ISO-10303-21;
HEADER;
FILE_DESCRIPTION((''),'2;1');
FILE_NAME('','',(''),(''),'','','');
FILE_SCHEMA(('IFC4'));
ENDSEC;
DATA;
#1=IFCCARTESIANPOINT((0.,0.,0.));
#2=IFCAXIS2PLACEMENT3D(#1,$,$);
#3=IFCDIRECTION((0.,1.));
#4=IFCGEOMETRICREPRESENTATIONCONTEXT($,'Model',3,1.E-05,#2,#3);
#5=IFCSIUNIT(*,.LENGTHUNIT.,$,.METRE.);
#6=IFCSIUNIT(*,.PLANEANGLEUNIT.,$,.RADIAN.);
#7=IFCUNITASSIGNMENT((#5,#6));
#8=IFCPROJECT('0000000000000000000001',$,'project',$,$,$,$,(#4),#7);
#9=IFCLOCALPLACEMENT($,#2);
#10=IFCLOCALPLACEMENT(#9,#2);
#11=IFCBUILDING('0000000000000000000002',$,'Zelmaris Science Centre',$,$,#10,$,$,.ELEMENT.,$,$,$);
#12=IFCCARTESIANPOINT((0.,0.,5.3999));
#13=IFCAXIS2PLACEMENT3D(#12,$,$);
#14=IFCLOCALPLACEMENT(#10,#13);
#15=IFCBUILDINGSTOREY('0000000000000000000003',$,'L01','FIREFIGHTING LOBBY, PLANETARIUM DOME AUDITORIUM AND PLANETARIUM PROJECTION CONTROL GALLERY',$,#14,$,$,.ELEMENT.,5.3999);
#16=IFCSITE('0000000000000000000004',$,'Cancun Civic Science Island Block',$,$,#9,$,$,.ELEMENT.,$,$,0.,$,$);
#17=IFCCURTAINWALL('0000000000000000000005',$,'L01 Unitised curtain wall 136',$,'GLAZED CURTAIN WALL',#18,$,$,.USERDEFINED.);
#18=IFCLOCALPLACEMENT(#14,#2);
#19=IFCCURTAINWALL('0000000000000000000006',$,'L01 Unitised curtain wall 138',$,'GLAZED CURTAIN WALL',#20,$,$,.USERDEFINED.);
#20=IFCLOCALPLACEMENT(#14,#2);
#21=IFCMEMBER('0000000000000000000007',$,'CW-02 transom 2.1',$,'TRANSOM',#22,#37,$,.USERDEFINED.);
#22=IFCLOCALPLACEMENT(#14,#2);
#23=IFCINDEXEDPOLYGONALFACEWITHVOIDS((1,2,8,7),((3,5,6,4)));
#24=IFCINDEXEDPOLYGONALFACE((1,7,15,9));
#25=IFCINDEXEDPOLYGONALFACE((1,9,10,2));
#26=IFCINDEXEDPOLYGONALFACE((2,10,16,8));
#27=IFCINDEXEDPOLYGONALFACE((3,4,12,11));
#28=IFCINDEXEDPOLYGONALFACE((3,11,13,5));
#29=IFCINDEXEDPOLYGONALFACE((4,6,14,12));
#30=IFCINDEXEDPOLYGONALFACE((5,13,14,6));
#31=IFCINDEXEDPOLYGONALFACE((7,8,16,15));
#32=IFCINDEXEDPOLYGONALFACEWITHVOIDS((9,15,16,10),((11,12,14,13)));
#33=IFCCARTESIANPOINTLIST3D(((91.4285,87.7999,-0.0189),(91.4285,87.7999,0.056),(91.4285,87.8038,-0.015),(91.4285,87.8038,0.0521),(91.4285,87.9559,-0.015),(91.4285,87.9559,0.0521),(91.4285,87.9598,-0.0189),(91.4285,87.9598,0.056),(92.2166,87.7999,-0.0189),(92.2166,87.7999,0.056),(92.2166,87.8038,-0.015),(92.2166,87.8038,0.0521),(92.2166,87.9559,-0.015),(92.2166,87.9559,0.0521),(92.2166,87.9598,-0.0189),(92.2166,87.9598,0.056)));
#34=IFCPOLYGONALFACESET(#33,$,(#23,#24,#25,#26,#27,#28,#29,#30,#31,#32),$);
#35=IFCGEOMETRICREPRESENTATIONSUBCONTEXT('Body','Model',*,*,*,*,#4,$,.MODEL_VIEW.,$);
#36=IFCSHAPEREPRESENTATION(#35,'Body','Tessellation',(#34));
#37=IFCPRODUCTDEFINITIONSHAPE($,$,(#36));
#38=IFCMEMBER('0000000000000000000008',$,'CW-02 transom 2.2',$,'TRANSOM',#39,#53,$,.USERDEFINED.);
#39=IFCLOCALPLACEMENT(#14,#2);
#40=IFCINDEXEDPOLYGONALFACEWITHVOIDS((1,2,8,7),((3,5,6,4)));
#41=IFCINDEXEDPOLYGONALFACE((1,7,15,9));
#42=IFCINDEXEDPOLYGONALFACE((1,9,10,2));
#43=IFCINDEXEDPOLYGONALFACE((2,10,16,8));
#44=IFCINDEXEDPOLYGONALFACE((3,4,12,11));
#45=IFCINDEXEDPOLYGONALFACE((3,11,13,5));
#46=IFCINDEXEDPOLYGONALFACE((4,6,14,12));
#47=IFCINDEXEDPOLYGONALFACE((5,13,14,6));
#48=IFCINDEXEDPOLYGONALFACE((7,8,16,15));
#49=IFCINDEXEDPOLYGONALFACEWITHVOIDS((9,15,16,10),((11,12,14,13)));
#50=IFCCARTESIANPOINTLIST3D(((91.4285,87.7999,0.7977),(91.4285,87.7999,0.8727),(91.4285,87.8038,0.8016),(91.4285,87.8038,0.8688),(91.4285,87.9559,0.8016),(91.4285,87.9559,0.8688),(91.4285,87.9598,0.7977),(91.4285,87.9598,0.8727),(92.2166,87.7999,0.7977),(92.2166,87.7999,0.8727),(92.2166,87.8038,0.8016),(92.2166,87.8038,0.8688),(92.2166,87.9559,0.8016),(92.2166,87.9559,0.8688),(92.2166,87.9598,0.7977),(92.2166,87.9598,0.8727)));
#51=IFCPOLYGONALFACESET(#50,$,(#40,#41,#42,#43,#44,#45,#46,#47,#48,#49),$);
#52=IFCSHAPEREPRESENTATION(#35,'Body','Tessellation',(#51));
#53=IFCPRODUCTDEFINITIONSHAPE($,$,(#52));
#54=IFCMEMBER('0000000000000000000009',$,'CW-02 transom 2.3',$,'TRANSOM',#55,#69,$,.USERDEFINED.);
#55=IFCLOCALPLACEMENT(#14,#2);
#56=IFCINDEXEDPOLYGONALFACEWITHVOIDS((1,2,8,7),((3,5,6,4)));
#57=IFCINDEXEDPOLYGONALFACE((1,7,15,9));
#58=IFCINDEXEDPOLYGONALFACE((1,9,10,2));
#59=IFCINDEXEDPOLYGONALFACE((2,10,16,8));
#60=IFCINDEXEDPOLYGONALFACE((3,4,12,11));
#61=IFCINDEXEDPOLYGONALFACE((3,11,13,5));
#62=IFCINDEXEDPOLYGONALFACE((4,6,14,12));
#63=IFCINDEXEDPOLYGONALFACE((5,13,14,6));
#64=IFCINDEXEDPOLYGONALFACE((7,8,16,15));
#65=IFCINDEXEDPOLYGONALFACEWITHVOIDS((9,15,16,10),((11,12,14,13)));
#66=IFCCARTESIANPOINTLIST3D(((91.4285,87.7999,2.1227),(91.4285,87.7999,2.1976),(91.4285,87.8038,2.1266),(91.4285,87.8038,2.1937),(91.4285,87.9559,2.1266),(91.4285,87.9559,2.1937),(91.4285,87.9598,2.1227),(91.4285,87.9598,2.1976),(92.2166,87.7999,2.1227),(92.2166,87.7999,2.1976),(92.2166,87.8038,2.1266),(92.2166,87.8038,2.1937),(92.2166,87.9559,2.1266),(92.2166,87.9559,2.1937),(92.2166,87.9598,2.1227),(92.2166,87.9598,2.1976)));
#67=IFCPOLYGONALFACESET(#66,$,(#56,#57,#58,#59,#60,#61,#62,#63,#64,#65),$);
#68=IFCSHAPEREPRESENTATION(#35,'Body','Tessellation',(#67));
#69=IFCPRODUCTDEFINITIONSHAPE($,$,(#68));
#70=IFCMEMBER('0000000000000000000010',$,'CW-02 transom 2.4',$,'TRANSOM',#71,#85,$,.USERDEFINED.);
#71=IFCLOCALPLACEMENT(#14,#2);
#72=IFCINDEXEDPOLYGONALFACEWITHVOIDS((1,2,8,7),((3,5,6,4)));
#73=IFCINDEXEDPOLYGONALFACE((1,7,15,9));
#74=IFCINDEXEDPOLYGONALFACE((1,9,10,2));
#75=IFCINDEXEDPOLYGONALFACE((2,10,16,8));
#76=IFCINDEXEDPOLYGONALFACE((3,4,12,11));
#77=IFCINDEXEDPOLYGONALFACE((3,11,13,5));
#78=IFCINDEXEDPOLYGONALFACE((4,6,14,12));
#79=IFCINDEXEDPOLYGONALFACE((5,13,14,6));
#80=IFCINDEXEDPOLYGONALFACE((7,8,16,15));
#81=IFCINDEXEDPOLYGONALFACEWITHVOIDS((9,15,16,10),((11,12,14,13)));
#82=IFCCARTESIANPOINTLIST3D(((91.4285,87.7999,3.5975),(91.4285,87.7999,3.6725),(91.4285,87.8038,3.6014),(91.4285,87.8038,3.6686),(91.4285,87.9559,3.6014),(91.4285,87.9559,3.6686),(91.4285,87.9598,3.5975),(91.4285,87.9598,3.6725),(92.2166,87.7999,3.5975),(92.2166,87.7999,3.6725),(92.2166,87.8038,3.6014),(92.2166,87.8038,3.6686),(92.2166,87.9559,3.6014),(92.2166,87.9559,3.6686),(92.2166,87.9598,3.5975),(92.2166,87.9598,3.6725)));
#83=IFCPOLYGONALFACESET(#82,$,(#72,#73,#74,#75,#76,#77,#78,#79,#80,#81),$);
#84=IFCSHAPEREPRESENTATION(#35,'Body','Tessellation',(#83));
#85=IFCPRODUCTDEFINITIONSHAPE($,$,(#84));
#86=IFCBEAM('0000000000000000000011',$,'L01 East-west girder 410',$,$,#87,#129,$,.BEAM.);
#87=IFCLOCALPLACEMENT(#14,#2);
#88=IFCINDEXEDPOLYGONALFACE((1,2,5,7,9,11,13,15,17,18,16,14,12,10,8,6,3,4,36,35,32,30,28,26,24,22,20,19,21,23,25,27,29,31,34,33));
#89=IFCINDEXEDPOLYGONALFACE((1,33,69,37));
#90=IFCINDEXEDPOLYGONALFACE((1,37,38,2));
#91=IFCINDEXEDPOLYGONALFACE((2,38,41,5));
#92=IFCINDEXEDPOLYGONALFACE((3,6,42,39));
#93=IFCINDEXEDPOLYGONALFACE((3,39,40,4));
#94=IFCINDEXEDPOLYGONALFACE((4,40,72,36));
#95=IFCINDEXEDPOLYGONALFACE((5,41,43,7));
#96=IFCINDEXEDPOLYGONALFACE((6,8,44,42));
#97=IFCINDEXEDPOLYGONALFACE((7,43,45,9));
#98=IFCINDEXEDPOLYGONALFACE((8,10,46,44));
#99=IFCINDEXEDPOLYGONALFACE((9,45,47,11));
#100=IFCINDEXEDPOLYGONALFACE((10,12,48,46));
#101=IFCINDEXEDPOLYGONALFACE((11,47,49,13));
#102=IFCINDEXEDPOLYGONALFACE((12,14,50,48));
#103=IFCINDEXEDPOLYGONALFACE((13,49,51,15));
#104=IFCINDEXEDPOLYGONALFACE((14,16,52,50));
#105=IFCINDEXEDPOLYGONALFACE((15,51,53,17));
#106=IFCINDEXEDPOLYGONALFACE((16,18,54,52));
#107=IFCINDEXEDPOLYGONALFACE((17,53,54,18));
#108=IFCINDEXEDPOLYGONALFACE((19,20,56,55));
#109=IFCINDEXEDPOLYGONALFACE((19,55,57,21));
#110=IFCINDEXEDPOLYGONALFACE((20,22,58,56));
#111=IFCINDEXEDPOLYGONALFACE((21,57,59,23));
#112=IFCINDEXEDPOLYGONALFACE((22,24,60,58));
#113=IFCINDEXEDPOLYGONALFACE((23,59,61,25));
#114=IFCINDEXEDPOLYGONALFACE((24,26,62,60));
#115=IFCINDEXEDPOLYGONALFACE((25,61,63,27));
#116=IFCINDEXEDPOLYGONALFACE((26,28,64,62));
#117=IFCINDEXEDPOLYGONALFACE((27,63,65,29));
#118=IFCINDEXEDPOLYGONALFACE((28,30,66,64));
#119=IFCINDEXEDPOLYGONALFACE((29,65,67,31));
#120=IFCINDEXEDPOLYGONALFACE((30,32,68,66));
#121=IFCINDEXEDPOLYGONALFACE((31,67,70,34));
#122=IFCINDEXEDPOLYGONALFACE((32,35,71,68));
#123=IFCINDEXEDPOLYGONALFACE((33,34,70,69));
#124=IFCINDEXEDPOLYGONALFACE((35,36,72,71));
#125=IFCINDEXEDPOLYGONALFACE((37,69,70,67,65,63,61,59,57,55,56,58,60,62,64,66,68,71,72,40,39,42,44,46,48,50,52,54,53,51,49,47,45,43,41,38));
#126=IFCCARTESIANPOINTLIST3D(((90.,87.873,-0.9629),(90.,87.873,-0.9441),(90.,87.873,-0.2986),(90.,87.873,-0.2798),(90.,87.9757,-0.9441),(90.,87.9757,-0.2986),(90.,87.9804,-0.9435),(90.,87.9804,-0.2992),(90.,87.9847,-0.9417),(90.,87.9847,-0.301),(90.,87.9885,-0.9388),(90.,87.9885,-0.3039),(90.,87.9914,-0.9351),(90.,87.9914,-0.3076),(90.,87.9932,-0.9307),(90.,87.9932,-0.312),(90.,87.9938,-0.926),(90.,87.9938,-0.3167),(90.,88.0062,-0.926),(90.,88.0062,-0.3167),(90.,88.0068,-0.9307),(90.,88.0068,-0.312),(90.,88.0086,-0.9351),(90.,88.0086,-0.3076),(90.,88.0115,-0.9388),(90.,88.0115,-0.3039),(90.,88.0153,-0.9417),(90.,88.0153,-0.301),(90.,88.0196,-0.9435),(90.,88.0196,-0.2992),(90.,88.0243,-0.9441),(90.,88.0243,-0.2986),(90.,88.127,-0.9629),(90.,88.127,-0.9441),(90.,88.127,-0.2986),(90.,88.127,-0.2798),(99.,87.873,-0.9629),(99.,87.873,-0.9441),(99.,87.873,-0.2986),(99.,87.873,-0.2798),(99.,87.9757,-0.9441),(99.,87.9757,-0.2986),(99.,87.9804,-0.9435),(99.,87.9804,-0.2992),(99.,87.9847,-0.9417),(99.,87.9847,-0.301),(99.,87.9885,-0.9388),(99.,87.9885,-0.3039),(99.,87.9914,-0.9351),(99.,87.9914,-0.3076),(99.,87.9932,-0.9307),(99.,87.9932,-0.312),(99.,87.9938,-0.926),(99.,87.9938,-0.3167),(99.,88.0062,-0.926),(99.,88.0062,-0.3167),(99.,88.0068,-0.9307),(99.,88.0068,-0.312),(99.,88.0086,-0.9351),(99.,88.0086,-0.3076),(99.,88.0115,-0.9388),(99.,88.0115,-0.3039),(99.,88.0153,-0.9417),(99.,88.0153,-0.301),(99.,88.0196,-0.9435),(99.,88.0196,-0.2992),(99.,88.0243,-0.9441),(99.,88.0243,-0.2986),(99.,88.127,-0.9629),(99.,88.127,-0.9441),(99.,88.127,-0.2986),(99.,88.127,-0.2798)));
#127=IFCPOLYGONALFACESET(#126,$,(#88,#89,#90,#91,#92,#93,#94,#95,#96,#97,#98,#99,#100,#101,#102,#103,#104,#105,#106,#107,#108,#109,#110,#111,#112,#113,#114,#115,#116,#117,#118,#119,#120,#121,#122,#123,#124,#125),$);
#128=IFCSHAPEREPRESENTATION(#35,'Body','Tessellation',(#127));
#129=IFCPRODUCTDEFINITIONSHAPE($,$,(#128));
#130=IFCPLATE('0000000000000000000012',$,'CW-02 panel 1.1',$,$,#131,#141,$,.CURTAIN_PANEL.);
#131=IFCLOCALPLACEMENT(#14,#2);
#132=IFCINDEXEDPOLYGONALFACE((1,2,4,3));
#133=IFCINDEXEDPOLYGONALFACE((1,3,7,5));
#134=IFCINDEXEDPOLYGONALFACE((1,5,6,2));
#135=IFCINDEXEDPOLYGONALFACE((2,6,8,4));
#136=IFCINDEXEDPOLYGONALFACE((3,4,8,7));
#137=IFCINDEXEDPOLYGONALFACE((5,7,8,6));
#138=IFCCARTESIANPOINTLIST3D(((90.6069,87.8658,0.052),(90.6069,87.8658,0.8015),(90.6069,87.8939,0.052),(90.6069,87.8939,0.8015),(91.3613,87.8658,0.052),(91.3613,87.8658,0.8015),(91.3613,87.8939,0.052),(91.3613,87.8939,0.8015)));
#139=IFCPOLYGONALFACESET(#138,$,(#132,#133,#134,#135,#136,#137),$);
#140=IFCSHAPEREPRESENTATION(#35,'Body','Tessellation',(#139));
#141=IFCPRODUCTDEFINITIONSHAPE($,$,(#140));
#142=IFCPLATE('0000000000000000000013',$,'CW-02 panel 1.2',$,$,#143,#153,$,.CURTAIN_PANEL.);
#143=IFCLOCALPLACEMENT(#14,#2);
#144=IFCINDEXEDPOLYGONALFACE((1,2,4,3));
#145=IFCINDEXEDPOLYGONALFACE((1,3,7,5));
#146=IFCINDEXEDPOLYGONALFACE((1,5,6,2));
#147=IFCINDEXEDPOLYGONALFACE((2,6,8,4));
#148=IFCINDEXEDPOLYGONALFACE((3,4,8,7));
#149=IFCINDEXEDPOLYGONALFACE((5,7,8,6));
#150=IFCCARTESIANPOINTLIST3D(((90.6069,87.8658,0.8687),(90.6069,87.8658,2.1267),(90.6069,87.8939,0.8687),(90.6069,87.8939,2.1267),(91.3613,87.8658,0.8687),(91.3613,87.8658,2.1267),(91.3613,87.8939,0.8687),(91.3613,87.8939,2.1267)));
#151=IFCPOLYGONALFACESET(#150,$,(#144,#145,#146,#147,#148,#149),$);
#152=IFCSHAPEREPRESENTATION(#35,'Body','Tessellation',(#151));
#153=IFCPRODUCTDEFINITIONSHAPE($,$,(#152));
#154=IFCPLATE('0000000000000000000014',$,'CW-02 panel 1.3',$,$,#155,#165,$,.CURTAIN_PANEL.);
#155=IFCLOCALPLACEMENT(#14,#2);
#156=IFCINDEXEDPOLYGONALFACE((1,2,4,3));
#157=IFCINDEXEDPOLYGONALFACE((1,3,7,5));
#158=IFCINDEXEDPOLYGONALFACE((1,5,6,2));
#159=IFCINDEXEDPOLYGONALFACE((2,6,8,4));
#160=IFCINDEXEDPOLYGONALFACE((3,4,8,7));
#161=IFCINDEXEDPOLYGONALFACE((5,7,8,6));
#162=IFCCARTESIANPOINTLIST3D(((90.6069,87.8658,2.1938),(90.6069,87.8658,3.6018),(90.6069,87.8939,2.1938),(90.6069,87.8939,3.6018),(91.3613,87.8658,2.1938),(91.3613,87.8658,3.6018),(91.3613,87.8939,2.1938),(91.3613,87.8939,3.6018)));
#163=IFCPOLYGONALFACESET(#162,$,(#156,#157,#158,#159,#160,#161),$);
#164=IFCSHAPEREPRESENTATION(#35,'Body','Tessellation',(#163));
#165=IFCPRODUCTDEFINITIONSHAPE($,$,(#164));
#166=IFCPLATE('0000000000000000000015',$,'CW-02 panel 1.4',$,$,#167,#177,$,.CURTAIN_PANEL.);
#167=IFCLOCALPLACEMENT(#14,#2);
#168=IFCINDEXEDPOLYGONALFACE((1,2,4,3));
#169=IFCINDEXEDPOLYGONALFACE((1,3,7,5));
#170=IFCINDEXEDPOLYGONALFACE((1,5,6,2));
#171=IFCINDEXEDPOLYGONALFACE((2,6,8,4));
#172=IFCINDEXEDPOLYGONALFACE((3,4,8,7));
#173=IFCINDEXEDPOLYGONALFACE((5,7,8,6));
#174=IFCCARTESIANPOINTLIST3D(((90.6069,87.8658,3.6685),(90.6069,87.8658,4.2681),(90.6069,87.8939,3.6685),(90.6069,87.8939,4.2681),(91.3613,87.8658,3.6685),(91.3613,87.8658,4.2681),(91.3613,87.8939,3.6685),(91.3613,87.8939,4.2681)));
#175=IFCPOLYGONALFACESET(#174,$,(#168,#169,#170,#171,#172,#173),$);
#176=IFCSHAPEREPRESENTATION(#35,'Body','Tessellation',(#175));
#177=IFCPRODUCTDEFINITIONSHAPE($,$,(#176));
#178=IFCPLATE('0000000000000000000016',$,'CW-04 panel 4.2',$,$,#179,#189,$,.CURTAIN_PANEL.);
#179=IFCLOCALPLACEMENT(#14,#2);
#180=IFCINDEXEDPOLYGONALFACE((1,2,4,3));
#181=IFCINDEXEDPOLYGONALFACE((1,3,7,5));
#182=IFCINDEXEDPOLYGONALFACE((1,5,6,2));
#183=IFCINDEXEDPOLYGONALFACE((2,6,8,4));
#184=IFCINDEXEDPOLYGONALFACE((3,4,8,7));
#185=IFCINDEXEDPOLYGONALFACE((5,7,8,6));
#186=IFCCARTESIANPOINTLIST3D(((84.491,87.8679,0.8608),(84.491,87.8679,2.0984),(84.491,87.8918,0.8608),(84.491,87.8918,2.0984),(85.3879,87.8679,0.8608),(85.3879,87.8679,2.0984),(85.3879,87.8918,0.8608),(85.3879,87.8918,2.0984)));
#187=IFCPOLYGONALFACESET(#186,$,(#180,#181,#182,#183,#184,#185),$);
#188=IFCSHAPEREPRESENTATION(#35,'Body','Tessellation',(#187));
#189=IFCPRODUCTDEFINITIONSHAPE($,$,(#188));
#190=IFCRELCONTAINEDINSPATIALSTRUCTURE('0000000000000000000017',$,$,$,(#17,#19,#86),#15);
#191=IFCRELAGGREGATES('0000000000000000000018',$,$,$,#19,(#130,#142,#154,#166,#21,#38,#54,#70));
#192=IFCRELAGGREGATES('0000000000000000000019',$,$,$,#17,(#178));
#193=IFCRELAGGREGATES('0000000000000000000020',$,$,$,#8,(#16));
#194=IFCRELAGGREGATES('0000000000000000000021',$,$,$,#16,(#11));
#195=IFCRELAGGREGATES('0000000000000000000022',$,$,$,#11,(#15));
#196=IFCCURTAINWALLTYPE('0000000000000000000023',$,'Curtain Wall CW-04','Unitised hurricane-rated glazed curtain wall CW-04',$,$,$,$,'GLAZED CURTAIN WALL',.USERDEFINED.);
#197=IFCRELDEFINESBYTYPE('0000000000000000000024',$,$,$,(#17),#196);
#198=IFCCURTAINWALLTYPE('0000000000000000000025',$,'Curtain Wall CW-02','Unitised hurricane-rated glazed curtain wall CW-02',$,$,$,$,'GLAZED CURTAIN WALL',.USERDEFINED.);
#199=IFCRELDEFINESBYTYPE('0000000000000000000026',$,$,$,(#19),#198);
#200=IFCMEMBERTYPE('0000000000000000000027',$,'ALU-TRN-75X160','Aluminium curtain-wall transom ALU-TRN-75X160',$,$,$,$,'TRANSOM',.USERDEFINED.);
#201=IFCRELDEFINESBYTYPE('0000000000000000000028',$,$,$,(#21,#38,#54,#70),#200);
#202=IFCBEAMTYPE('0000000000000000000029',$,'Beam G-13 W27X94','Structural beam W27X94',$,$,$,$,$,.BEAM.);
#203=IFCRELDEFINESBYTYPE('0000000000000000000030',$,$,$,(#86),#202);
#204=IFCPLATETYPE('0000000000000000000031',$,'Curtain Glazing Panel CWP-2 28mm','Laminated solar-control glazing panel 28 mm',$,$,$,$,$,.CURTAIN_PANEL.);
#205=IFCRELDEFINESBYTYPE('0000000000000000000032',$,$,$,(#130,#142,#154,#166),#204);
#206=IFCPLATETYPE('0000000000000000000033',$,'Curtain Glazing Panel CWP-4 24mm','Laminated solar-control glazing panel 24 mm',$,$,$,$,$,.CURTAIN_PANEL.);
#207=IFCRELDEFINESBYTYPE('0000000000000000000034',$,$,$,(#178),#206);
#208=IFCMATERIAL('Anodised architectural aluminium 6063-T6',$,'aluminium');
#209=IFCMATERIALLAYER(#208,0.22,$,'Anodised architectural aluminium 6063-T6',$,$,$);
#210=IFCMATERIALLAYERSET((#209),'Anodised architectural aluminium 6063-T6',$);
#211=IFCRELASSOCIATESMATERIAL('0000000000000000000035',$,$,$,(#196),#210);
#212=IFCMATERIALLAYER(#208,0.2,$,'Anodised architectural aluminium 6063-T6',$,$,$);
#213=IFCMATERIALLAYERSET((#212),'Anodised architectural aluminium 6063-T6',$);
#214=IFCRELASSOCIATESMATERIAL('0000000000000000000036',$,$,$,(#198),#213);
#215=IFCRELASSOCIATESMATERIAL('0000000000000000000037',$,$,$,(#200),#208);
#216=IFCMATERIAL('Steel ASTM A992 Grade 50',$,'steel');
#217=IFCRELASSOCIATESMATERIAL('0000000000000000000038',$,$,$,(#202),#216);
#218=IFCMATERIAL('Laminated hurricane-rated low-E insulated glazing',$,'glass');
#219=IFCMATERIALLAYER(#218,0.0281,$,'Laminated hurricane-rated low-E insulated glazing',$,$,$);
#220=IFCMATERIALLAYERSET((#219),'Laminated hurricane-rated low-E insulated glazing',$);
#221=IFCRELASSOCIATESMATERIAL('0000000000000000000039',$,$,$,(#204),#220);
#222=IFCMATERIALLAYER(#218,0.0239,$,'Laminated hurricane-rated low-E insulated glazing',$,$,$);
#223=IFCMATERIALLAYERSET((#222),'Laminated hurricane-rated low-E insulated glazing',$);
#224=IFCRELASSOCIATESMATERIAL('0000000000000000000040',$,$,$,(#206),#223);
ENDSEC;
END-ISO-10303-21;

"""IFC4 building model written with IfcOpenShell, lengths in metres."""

from ifc_helpers import new_model, si_unit, direction, frame, origin, origin_2d, place, context, subcontext, project, spatial, rectangle, hollow_rectangle, i_section, extrude, material, layer, layer_set, material_profile, profile_set, type_object, element, aggregate, save


model = new_model("IFC4")

# Units and contexts
model_context = context("Model", 3, precision=1e-05, world=origin(), true_north=direction((0.0, 1.0)))
body_context = subcontext(model_context, "Body", "Model", "MODEL_VIEW")
ifc_project = project(units=[si_unit("LENGTHUNIT", "METRE"), si_unit("PLANEANGLEUNIT", "RADIAN")], contexts=[model_context])

# Site, building, storey
site_placement = place(None, origin())
site = spatial("IfcSite", under=ifc_project, at=site_placement, Name="Cancun Civic Science Island Block", CompositionType="ELEMENT", RefElevation=0.0)
building_placement = place(site_placement, origin())
building = spatial("IfcBuilding", under=site, at=building_placement, Name="Zelmaris Science Centre", CompositionType="ELEMENT")
storey_placement = place(building_placement, frame((0.0, 0.0, 5.3999)))
storey = spatial("IfcBuildingStorey", under=building, at=storey_placement, Name="L01", Description="FIREFIGHTING LOBBY, PLANETARIUM DOME AUDITORIUM AND PLANETARIUM PROJECTION CONTROL GALLERY", CompositionType="ELEMENT", Elevation=5.3999)

# Shared definitions
ifc_material_1 = material(Name="Steel ASTM A992 Grade 50", Category="steel")

# Curtain wall
ifc_material_2 = material(Name="Anodised architectural aluminium 6063-T6", Category="aluminium")
ifc_layer_1 = layer(ifc_material_2, 0.22, Name="Anodised architectural aluminium 6063-T6")
ifc_layer_set_1 = layer_set([ifc_layer_1], Name="Anodised architectural aluminium 6063-T6")
curtain_wall_type_1 = type_object("IfcCurtainWallType", Name="Curtain Wall CW-04", Description="Unitised hurricane-rated glazed curtain wall CW-04", ElementType="GLAZED CURTAIN WALL", PredefinedType="USERDEFINED", material=ifc_layer_set_1)
curtain_wall_1_placement = place(storey_placement, origin())
curtain_wall_1 = element("IfcCurtainWall", 1, at=curtain_wall_1_placement, inside=storey, type_object=curtain_wall_type_1, Name="L01 Unitised curtain wall 136", ObjectType="GLAZED CURTAIN WALL", PredefinedType="USERDEFINED")

# Curtain wall, members
ifc_layer_2 = layer(ifc_material_2, 0.2, Name="Anodised architectural aluminium 6063-T6")
ifc_layer_set_2 = layer_set([ifc_layer_2], Name="Anodised architectural aluminium 6063-T6")
curtain_wall_type_2 = type_object("IfcCurtainWallType", Name="Curtain Wall CW-02", Description="Unitised hurricane-rated glazed curtain wall CW-02", ElementType="GLAZED CURTAIN WALL", PredefinedType="USERDEFINED", material=ifc_layer_set_2)
curtain_wall_2_placement = place(storey_placement, origin())
curtain_wall_2 = element("IfcCurtainWall", 2, at=curtain_wall_2_placement, inside=storey, type_object=curtain_wall_type_2, Name="L01 Unitised curtain wall 138", ObjectType="GLAZED CURTAIN WALL", PredefinedType="USERDEFINED")
ifc_material_profile_1 = material_profile(ifc_material_2, hollow_rectangle(XDim=0.075, YDim=0.1599, WallThickness=0.0039, at=origin_2d()), Name="ALU-TRN-75X160")
ifc_profile_set_1 = profile_set([ifc_material_profile_1], Name="Anodised architectural aluminium 6063-T6")
member_type_1 = type_object("IfcMemberType", Name="ALU-TRN-75X160", Description="Aluminium curtain-wall transom ALU-TRN-75X160", ElementType="TRANSOM", PredefinedType="USERDEFINED", material=ifc_profile_set_1)
member_1_placement = place(storey_placement, frame((91.4285, 87.8799, 0.0186), z_axis=(1.0, 0.0, 0.0), x_axis=(0.0, 0.0, 1.0)))
member_1 = element("IfcMember", 3, at=member_1_placement, type_object=member_type_1, Name="CW-02 transom 2.1", ObjectType="TRANSOM", PredefinedType="USERDEFINED", context=body_context, shape_type="SweptSolid", body=[
    extrude(hollow_rectangle(XDim=0.075, YDim=0.1599, WallThickness=0.0039, at=origin_2d()), origin(), (0.0, 0.0, 1.0), 0.7881),
])
member_2_placement = place(storey_placement, frame((91.4285, 87.8799, 0.8352), z_axis=(1.0, 0.0, 0.0), x_axis=(0.0, 0.0, 1.0)))
member_2 = element("IfcMember", 4, at=member_2_placement, type_object=member_type_1, Name="CW-02 transom 2.2", ObjectType="TRANSOM", PredefinedType="USERDEFINED", context=body_context, shape_type="SweptSolid", body=[
    extrude(hollow_rectangle(XDim=0.075, YDim=0.1599, WallThickness=0.0039, at=origin_2d()), origin(), (0.0, 0.0, 1.0), 0.7881),
])
member_3_placement = place(storey_placement, frame((91.4285, 87.8799, 2.1602), z_axis=(1.0, 0.0, 0.0), x_axis=(0.0, 0.0, 1.0)))
member_3 = element("IfcMember", 5, at=member_3_placement, type_object=member_type_1, Name="CW-02 transom 2.3", ObjectType="TRANSOM", PredefinedType="USERDEFINED", context=body_context, shape_type="SweptSolid", body=[
    extrude(hollow_rectangle(XDim=0.075, YDim=0.1599, WallThickness=0.0039, at=origin_2d()), origin(), (0.0, 0.0, 1.0), 0.7881),
])
member_4_placement = place(storey_placement, frame((91.4285, 87.8799, 3.635), z_axis=(1.0, 0.0, 0.0), x_axis=(0.0, 0.0, 1.0)))
member_4 = element("IfcMember", 6, at=member_4_placement, type_object=member_type_1, Name="CW-02 transom 2.4", ObjectType="TRANSOM", PredefinedType="USERDEFINED", context=body_context, shape_type="SweptSolid", body=[
    extrude(hollow_rectangle(XDim=0.075, YDim=0.1599, WallThickness=0.0039, at=origin_2d()), origin(), (0.0, 0.0, 1.0), 0.7881),
])

# Beam
ifc_material_profile_2 = material_profile(ifc_material_1, i_section(OverallWidth=0.2539, OverallDepth=0.6831, WebThickness=0.0125, FlangeThickness=0.0188, FilletRadius=0.0181, at=origin_2d()), Name="W27X94")
ifc_profile_set_2 = profile_set([ifc_material_profile_2], Name="Steel ASTM A992 Grade 50")
beam_type = type_object("IfcBeamType", Name="Beam G-13 W27X94", Description="Structural beam W27X94", PredefinedType="BEAM", material=ifc_profile_set_2)
beam_placement = place(storey_placement, frame((90.0, 88.0, -0.6213), z_axis=(1.0, 0.0, 0.0), x_axis=(0.0, 1.0, 0.0)))
element("IfcBeam", 7, at=beam_placement, inside=storey, type_object=beam_type, Name="L01 East-west girder 410", PredefinedType="BEAM", context=body_context, shape_type="SweptSolid", body=[
    extrude(i_section(OverallWidth=0.2539, OverallDepth=0.6831, WebThickness=0.0125, FlangeThickness=0.0188, FilletRadius=0.0181, at=origin_2d()), origin(), (0.0, 0.0, 1.0), 9.0),
])

# Plates
ifc_material_3 = material(Name="Laminated hurricane-rated low-E insulated glazing", Category="glass")
ifc_layer_3 = layer(ifc_material_3, 0.0281, Name="Laminated hurricane-rated low-E insulated glazing")
ifc_layer_set_3 = layer_set([ifc_layer_3], Name="Laminated hurricane-rated low-E insulated glazing")
plate_type_1 = type_object("IfcPlateType", Name="Curtain Glazing Panel CWP-2 28mm", Description="Laminated solar-control glazing panel 28 mm", PredefinedType="CURTAIN_PANEL", material=ifc_layer_set_3)
plate_1_placement = place(storey_placement, frame((90.9841, 87.8799, 0.052), z_axis=(0.0, 0.0, 1.0), x_axis=(1.0, 0.0, 0.0)))
plate_1 = element("IfcPlate", 8, at=plate_1_placement, type_object=plate_type_1, Name="CW-02 panel 1.1", PredefinedType="CURTAIN_PANEL", context=body_context, shape_type="SweptSolid", body=[
    extrude(rectangle(XDim=0.7544, YDim=0.0281, at=origin_2d()), origin(), (0.0, 0.0, 1.0), 0.7495),
])
plate_2_placement = place(storey_placement, frame((90.9841, 87.8799, 0.8687), z_axis=(0.0, 0.0, 1.0), x_axis=(1.0, 0.0, 0.0)))
plate_2 = element("IfcPlate", 9, at=plate_2_placement, type_object=plate_type_1, Name="CW-02 panel 1.2", PredefinedType="CURTAIN_PANEL", context=body_context, shape_type="SweptSolid", body=[
    extrude(rectangle(XDim=0.7544, YDim=0.0281, at=origin_2d()), origin(), (0.0, 0.0, 1.0), 1.2581),
])
plate_3_placement = place(storey_placement, frame((90.9841, 87.8799, 2.1938), z_axis=(0.0, 0.0, 1.0), x_axis=(1.0, 0.0, 0.0)))
plate_3 = element("IfcPlate", 10, at=plate_3_placement, type_object=plate_type_1, Name="CW-02 panel 1.3", PredefinedType="CURTAIN_PANEL", context=body_context, shape_type="SweptSolid", body=[
    extrude(rectangle(XDim=0.7544, YDim=0.0281, at=origin_2d()), origin(), (0.0, 0.0, 1.0), 1.408),
])
plate_4_placement = place(storey_placement, frame((90.9841, 87.8799, 3.6685), z_axis=(0.0, 0.0, 1.0), x_axis=(1.0, 0.0, 0.0)))
plate_4 = element("IfcPlate", 11, at=plate_4_placement, type_object=plate_type_1, Name="CW-02 panel 1.4", PredefinedType="CURTAIN_PANEL", context=body_context, shape_type="SweptSolid", body=[
    extrude(rectangle(XDim=0.7544, YDim=0.0281, at=origin_2d()), origin(), (0.0, 0.0, 1.0), 0.5996),
])
aggregate(curtain_wall_2, [plate_1, plate_2, plate_3, plate_4, member_1, member_2, member_3, member_4])
ifc_layer_4 = layer(ifc_material_3, 0.0239, Name="Laminated hurricane-rated low-E insulated glazing")
ifc_layer_set_4 = layer_set([ifc_layer_4], Name="Laminated hurricane-rated low-E insulated glazing")
plate_type_2 = type_object("IfcPlateType", Name="Curtain Glazing Panel CWP-4 24mm", Description="Laminated solar-control glazing panel 24 mm", PredefinedType="CURTAIN_PANEL", material=ifc_layer_set_4)
plate_5_placement = place(storey_placement, frame((84.9395, 87.8799, 0.8608), z_axis=(0.0, 0.0, 1.0), x_axis=(1.0, 0.0, 0.0)))
plate_5 = element("IfcPlate", 12, at=plate_5_placement, type_object=plate_type_2, Name="CW-04 panel 4.2", PredefinedType="CURTAIN_PANEL", context=body_context, shape_type="SweptSolid", body=[
    extrude(rectangle(XDim=0.897, YDim=0.0239, at=origin_2d()), origin(), (0.0, 0.0, 1.0), 1.2375),
])
aggregate(curtain_wall_1, [plate_5])

save(model, "model.ifc")
